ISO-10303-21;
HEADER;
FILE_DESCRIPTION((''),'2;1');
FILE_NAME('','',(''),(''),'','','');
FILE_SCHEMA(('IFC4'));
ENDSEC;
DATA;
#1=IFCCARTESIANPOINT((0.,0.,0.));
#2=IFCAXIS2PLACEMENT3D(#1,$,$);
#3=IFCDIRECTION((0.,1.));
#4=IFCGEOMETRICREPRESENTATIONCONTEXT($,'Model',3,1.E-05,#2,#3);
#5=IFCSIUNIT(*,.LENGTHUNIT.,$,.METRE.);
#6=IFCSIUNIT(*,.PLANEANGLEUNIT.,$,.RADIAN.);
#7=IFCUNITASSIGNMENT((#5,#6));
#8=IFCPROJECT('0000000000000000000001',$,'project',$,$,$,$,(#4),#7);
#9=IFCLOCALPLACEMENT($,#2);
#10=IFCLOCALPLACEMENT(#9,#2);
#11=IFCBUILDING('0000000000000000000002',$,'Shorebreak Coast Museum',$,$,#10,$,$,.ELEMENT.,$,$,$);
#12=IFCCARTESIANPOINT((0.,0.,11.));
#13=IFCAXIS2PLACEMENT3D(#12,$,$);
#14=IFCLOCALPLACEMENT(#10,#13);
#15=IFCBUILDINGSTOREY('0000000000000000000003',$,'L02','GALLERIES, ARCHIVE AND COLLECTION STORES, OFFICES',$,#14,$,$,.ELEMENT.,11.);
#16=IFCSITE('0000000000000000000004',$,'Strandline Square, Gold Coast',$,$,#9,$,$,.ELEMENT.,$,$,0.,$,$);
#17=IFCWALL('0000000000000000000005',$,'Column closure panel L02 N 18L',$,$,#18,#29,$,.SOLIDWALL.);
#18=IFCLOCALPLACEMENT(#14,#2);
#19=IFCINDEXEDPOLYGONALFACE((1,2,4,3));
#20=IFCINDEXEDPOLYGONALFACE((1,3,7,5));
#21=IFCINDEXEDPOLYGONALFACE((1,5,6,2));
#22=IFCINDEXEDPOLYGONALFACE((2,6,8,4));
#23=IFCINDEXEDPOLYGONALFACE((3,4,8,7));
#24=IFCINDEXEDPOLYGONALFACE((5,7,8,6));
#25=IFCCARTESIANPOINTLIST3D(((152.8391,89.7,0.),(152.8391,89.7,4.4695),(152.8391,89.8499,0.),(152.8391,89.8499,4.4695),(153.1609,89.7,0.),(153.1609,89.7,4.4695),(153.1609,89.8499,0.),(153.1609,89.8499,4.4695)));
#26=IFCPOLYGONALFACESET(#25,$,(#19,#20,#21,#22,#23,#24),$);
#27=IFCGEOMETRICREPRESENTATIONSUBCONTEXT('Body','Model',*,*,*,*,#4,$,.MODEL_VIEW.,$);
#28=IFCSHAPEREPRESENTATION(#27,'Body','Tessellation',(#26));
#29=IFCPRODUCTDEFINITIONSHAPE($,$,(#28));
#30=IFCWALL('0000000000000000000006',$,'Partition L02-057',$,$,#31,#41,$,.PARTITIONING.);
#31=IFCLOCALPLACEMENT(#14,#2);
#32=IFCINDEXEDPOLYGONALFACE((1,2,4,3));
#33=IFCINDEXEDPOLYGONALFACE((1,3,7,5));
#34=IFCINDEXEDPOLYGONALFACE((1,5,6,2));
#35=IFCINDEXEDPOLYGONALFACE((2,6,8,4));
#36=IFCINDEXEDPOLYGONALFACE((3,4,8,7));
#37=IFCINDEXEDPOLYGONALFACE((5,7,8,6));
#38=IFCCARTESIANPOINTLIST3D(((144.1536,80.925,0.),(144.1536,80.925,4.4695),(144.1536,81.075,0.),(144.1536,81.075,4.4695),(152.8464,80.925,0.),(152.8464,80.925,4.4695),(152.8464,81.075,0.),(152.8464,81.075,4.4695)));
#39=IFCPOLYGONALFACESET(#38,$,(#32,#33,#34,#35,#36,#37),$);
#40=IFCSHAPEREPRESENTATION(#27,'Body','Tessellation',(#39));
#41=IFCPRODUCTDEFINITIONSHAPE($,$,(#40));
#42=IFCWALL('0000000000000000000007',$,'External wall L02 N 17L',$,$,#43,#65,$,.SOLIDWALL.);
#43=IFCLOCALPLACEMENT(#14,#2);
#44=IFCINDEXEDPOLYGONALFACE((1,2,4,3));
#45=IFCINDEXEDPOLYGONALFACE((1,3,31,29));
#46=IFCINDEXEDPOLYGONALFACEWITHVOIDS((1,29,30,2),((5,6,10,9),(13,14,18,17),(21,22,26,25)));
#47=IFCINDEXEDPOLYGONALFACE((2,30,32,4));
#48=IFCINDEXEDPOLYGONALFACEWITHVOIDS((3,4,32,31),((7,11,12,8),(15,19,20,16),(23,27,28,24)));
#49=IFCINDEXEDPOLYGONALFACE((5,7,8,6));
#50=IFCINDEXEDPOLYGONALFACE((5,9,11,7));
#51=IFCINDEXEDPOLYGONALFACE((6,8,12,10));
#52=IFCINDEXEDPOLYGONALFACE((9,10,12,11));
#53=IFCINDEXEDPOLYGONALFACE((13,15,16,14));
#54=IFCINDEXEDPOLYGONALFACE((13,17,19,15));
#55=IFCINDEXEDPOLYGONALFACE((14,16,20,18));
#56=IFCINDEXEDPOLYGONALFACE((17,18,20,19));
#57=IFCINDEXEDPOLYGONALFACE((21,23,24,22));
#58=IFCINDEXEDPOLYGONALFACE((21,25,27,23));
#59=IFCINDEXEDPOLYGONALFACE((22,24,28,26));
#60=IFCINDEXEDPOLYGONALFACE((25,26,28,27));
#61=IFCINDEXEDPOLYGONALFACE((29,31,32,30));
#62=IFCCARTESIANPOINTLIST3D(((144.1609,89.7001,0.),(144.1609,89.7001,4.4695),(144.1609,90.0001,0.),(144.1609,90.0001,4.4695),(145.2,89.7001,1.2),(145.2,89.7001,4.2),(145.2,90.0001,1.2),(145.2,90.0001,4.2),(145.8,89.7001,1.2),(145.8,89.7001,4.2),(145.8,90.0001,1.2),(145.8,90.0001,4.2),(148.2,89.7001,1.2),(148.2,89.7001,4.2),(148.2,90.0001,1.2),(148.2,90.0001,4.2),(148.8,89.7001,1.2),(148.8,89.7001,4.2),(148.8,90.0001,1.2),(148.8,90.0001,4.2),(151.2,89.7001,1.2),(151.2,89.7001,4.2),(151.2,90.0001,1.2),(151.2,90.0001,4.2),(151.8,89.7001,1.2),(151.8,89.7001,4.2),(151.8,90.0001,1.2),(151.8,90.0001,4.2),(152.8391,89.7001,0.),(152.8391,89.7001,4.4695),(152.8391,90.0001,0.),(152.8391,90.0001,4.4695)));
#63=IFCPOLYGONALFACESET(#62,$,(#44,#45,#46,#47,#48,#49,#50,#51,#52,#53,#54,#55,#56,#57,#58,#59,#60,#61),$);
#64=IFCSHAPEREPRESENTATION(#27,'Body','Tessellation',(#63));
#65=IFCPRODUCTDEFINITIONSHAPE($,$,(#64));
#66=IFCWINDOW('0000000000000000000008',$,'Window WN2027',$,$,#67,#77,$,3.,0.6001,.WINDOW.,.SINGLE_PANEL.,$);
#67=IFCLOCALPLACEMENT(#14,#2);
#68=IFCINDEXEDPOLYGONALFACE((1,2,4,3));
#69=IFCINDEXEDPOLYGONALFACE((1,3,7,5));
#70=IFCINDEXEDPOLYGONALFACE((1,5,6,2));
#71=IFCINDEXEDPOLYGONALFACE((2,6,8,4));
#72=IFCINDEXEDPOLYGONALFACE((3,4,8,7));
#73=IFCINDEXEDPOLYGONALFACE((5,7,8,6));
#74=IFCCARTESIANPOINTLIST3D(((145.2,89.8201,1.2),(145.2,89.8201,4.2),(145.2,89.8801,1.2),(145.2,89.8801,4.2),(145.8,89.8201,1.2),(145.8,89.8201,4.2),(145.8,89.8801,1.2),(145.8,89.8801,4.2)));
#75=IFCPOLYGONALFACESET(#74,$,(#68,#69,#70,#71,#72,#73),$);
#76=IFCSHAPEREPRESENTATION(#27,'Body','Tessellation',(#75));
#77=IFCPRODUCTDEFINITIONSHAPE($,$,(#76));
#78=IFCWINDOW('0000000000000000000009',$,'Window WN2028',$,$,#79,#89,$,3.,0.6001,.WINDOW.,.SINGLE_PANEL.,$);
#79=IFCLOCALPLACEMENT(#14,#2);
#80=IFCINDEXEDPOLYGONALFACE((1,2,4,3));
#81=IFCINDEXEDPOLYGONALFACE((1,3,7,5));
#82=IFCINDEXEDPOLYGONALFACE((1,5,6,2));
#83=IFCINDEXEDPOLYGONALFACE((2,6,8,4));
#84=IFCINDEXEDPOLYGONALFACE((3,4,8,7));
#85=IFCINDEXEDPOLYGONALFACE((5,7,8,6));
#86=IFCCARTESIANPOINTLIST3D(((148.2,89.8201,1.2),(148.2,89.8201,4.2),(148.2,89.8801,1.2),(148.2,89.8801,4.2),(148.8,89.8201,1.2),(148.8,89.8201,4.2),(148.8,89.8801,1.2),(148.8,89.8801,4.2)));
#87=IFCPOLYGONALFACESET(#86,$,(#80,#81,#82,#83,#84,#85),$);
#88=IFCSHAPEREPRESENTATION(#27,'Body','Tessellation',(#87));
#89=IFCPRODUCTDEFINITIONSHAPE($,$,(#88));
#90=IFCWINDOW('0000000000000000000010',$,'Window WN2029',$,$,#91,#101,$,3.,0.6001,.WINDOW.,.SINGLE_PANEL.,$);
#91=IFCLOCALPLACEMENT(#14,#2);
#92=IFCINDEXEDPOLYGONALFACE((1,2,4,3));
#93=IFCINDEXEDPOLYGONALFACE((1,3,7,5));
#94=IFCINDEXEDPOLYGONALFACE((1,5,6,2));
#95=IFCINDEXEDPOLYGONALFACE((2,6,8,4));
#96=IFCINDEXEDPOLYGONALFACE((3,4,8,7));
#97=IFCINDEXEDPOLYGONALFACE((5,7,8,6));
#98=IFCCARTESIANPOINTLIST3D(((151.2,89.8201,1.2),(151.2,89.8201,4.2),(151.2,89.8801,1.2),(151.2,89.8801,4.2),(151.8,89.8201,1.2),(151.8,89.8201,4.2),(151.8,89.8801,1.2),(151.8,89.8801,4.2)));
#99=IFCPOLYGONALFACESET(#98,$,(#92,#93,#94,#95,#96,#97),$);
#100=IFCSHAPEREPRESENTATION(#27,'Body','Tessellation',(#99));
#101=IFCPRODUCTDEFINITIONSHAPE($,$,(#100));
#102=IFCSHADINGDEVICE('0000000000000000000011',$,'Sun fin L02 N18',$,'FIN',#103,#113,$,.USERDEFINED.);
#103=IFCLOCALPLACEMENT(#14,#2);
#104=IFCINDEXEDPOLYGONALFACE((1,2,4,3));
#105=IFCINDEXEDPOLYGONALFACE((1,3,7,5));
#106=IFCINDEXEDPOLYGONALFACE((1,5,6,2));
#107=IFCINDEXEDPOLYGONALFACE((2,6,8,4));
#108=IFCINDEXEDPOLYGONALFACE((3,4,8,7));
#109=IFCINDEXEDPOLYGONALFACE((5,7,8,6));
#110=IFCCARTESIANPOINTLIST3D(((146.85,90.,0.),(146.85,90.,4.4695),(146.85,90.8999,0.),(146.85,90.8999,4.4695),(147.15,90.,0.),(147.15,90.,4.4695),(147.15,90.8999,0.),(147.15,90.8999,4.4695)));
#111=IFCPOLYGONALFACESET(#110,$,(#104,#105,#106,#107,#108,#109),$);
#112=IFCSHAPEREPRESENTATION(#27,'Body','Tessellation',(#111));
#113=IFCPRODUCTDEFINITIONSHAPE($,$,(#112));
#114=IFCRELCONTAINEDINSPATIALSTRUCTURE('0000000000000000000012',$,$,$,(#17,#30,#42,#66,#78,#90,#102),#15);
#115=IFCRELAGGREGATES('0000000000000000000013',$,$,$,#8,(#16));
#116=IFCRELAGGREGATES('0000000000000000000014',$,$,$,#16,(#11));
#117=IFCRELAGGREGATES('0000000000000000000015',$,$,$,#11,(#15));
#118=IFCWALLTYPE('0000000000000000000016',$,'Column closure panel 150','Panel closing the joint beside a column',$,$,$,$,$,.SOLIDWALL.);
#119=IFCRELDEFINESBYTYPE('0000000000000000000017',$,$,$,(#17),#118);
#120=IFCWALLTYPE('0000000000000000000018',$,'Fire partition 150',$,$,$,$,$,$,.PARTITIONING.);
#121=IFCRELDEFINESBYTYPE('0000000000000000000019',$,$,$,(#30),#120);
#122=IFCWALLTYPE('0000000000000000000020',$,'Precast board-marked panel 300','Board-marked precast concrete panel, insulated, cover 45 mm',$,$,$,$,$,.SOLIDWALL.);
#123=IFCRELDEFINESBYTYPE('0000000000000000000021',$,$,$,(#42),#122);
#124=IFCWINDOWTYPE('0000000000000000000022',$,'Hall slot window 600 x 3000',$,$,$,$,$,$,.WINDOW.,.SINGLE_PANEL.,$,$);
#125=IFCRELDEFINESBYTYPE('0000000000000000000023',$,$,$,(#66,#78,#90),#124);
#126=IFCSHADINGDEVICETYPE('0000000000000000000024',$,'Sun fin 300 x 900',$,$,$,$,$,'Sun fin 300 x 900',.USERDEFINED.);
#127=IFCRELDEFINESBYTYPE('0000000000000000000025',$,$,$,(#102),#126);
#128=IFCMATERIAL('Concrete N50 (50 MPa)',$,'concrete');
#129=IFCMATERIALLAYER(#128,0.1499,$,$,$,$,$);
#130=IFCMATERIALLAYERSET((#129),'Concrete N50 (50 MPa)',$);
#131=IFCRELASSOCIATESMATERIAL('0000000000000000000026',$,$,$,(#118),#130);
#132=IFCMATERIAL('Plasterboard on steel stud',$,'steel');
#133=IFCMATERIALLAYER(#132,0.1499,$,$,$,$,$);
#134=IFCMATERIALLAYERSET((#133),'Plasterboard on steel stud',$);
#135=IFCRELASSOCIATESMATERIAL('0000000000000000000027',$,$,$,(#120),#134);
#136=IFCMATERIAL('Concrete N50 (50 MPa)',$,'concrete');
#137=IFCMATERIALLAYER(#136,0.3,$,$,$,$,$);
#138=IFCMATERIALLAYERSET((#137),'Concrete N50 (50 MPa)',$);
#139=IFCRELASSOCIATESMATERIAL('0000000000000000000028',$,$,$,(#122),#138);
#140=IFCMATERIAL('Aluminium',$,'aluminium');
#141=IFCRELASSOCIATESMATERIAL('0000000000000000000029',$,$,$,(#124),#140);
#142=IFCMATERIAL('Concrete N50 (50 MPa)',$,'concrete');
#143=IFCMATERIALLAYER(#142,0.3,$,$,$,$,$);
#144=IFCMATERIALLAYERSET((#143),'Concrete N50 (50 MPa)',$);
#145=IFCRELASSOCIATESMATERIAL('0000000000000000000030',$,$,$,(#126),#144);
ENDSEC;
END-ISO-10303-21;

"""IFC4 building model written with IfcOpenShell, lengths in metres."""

from ifc_helpers import new_model, si_unit, direction, frame, frame_2d, origin, origin_2d, place, context, subcontext, project, spatial, rectangle, extrude, material, layer, layer_set, type_object, element, fill, save


model = new_model("IFC4")

# Units and contexts
model_context = context("Model", 3, precision=1e-05, world=origin(), true_north=direction((0.0, 1.0)))
body_context = subcontext(model_context, "Body", "Model", "MODEL_VIEW")
ifc_project = project(units=[si_unit("LENGTHUNIT", "METRE"), si_unit("PLANEANGLEUNIT", "RADIAN")], contexts=[model_context])

# Site, building, storey
site_placement = place(None, origin())
site = spatial("IfcSite", under=ifc_project, at=site_placement, Name="Strandline Square, Gold Coast", CompositionType="ELEMENT", RefElevation=0.0)
building_placement = place(site_placement, origin())
building = spatial("IfcBuilding", under=site, at=building_placement, Name="Shorebreak Coast Museum", CompositionType="ELEMENT")
storey_placement = place(building_placement, frame((0.0, 0.0, 11.0)))
storey = spatial("IfcBuildingStorey", under=building, at=storey_placement, Name="L02", Description="GALLERIES, ARCHIVE AND COLLECTION STORES, OFFICES", CompositionType="ELEMENT", Elevation=11.0)

# Walls
ifc_material_1 = material(Name="Concrete N50 (50 MPa)", Category="concrete")
ifc_layer_1 = layer(ifc_material_1, 0.1499)
ifc_layer_set_1 = layer_set([ifc_layer_1], Name="Concrete N50 (50 MPa)")
wall_type_1 = type_object("IfcWallType", Name="Column closure panel 150", Description="Panel closing the joint beside a column", PredefinedType="SOLIDWALL", material=ifc_layer_set_1)
for number, where, z_axis, x_axis, name in (
    (1, (152.8391, 89.7749, 0.0), (0.0, 0.0, 1.0), (1.0, 0.0, 0.0), "Column closure panel L02 N 18L"),
):
    element("IfcWall", number, at=place(storey_placement, frame(where, z_axis=z_axis, x_axis=x_axis)), inside=storey, type_object=wall_type_1, Name=name, PredefinedType="SOLIDWALL", context=body_context, shape_type="SweptSolid", body=[
        extrude(rectangle(XDim=0.3218, YDim=0.1499, at=frame_2d((0.1609, 0.0))), origin(), (0.0, 0.0, 1.0), 4.4695),
    ])
ifc_material_2 = material(Name="Plasterboard on steel stud", Category="steel")
ifc_layer_2 = layer(ifc_material_2, 0.1499)
ifc_layer_set_2 = layer_set([ifc_layer_2], Name="Plasterboard on steel stud")
wall_type_2 = type_object("IfcWallType", Name="Fire partition 150", PredefinedType="PARTITIONING", material=ifc_layer_set_2)
wall_1_placement = place(storey_placement, frame((144.1536, 81.0, 0.0), z_axis=(0.0, 0.0, 1.0), x_axis=(1.0, 0.0, 0.0)))
element("IfcWall", 2, at=wall_1_placement, inside=storey, type_object=wall_type_2, Name="Partition L02-057", PredefinedType="PARTITIONING", context=body_context, shape_type="SweptSolid", body=[
    extrude(rectangle(XDim=8.6929, YDim=0.1499, at=frame_2d((4.3464, 0.0))), origin(), (0.0, 0.0, 1.0), 4.4695),
])

# Wall, openings, windows
ifc_material_3 = material(Name="Concrete N50 (50 MPa)", Category="concrete")
ifc_layer_3 = layer(ifc_material_3, 0.3)
ifc_layer_set_3 = layer_set([ifc_layer_3], Name="Concrete N50 (50 MPa)")
wall_type_3 = type_object("IfcWallType", Name="Precast board-marked panel 300", Description="Board-marked precast concrete panel, insulated, cover 45 mm", PredefinedType="SOLIDWALL", material=ifc_layer_set_3)
wall_2_placement = place(storey_placement, frame((144.1609, 89.8501, 0.0), z_axis=(0.0, 0.0, 1.0), x_axis=(1.0, 0.0, 0.0)))
wall_2 = element("IfcWall", 3, at=wall_2_placement, inside=storey, type_object=wall_type_3, Name="External wall L02 N 17L", PredefinedType="SOLIDWALL", context=body_context, shape_type="SweptSolid", body=[
    extrude(rectangle(XDim=8.6782, YDim=0.3, at=frame_2d((4.3391, 0.0))), origin(), (0.0, 0.0, 1.0), 4.4695),
])
opening_1_placement = place(wall_2_placement, frame((1.0391, 0.0, 1.2)))
opening_1 = element("IfcOpeningElement", 4, at=opening_1_placement, cuts=wall_2, PredefinedType="OPENING", context=body_context, shape_type="SweptSolid", body=[
    extrude(rectangle(XDim=0.6001, YDim=3.0, at=frame_2d((0.3, 1.5))), frame((0.0, 0.1599, 0.0), z_axis=(0.0, -1.0, 0.0), x_axis=(1.0, 0.0, 0.0)), (0.0, 0.0, 1.0), 0.3201),
])
opening_2_placement = place(wall_2_placement, frame((4.0391, 0.0, 1.2)))
opening_2 = element("IfcOpeningElement", 5, at=opening_2_placement, cuts=wall_2, PredefinedType="OPENING", context=body_context, shape_type="SweptSolid", body=[
    extrude(rectangle(XDim=0.6001, YDim=3.0, at=frame_2d((0.3, 1.5))), frame((0.0, 0.1599, 0.0), z_axis=(0.0, -1.0, 0.0), x_axis=(1.0, 0.0, 0.0)), (0.0, 0.0, 1.0), 0.3201),
])
opening_3_placement = place(wall_2_placement, frame((7.0391, 0.0, 1.2)))
opening_3 = element("IfcOpeningElement", 6, at=opening_3_placement, cuts=wall_2, PredefinedType="OPENING", context=body_context, shape_type="SweptSolid", body=[
    extrude(rectangle(XDim=0.6001, YDim=3.0, at=frame_2d((0.3, 1.5))), frame((0.0, 0.1599, 0.0), z_axis=(0.0, -1.0, 0.0), x_axis=(1.0, 0.0, 0.0)), (0.0, 0.0, 1.0), 0.3201),
])
ifc_material_4 = material(Name="Aluminium", Category="aluminium")
window_type = type_object("IfcWindowType", Name="Hall slot window 600 x 3000", PartitioningType="SINGLE_PANEL", PredefinedType="WINDOW", material=ifc_material_4)
window_1_placement = place(opening_1_placement, origin())
window_1 = element("IfcWindow", 7, at=window_1_placement, inside=storey, type_object=window_type, Name="Window WN2027", OverallHeight=3.0, OverallWidth=0.6001, PartitioningType="SINGLE_PANEL", PredefinedType="WINDOW", context=body_context, shape_type="SweptSolid", body=[
    extrude(rectangle(XDim=0.6001, YDim=3.0, at=frame_2d((0.3, 1.5))), frame((0.0, 0.03, 0.0), z_axis=(0.0, -1.0, 0.0), x_axis=(1.0, 0.0, 0.0)), (0.0, 0.0, 1.0), 0.0601),
])
fill(opening_1, window_1)
window_2_placement = place(opening_2_placement, origin())
window_2 = element("IfcWindow", 8, at=window_2_placement, inside=storey, type_object=window_type, Name="Window WN2028", OverallHeight=3.0, OverallWidth=0.6001, PartitioningType="SINGLE_PANEL", PredefinedType="WINDOW", context=body_context, shape_type="SweptSolid", body=[
    extrude(rectangle(XDim=0.6001, YDim=3.0, at=frame_2d((0.3, 1.5))), frame((0.0, 0.03, 0.0), z_axis=(0.0, -1.0, 0.0), x_axis=(1.0, 0.0, 0.0)), (0.0, 0.0, 1.0), 0.0601),
])
fill(opening_2, window_2)
window_3_placement = place(opening_3_placement, origin())
window_3 = element("IfcWindow", 9, at=window_3_placement, inside=storey, type_object=window_type, Name="Window WN2029", OverallHeight=3.0, OverallWidth=0.6001, PartitioningType="SINGLE_PANEL", PredefinedType="WINDOW", context=body_context, shape_type="SweptSolid", body=[
    extrude(rectangle(XDim=0.6001, YDim=3.0, at=frame_2d((0.3, 1.5))), frame((0.0, 0.03, 0.0), z_axis=(0.0, -1.0, 0.0), x_axis=(1.0, 0.0, 0.0)), (0.0, 0.0, 1.0), 0.0601),
])
fill(opening_3, window_3)

# Shading device
ifc_material_5 = material(Name="Concrete N50 (50 MPa)", Category="concrete")
ifc_layer_4 = layer(ifc_material_5, 0.3)
ifc_layer_set_4 = layer_set([ifc_layer_4], Name="Concrete N50 (50 MPa)")
shading_device_type = type_object("IfcShadingDeviceType", Name="Sun fin 300 x 900", ElementType="Sun fin 300 x 900", PredefinedType="USERDEFINED", material=ifc_layer_set_4)
shading_device_placement = place(storey_placement, frame((147.0, 90.45, 0.0), z_axis=(0.0, 0.0, 1.0), x_axis=(1.0, 0.0, 0.0)))
element("IfcShadingDevice", 10, at=shading_device_placement, inside=storey, type_object=shading_device_type, Name="Sun fin L02 N18", ObjectType="FIN", PredefinedType="USERDEFINED", context=body_context, shape_type="SweptSolid", body=[
    extrude(rectangle(XDim=0.3, YDim=0.8999, at=origin_2d()), origin(), (0.0, 0.0, 1.0), 4.4695),
])

save(model, "model.ifc")
